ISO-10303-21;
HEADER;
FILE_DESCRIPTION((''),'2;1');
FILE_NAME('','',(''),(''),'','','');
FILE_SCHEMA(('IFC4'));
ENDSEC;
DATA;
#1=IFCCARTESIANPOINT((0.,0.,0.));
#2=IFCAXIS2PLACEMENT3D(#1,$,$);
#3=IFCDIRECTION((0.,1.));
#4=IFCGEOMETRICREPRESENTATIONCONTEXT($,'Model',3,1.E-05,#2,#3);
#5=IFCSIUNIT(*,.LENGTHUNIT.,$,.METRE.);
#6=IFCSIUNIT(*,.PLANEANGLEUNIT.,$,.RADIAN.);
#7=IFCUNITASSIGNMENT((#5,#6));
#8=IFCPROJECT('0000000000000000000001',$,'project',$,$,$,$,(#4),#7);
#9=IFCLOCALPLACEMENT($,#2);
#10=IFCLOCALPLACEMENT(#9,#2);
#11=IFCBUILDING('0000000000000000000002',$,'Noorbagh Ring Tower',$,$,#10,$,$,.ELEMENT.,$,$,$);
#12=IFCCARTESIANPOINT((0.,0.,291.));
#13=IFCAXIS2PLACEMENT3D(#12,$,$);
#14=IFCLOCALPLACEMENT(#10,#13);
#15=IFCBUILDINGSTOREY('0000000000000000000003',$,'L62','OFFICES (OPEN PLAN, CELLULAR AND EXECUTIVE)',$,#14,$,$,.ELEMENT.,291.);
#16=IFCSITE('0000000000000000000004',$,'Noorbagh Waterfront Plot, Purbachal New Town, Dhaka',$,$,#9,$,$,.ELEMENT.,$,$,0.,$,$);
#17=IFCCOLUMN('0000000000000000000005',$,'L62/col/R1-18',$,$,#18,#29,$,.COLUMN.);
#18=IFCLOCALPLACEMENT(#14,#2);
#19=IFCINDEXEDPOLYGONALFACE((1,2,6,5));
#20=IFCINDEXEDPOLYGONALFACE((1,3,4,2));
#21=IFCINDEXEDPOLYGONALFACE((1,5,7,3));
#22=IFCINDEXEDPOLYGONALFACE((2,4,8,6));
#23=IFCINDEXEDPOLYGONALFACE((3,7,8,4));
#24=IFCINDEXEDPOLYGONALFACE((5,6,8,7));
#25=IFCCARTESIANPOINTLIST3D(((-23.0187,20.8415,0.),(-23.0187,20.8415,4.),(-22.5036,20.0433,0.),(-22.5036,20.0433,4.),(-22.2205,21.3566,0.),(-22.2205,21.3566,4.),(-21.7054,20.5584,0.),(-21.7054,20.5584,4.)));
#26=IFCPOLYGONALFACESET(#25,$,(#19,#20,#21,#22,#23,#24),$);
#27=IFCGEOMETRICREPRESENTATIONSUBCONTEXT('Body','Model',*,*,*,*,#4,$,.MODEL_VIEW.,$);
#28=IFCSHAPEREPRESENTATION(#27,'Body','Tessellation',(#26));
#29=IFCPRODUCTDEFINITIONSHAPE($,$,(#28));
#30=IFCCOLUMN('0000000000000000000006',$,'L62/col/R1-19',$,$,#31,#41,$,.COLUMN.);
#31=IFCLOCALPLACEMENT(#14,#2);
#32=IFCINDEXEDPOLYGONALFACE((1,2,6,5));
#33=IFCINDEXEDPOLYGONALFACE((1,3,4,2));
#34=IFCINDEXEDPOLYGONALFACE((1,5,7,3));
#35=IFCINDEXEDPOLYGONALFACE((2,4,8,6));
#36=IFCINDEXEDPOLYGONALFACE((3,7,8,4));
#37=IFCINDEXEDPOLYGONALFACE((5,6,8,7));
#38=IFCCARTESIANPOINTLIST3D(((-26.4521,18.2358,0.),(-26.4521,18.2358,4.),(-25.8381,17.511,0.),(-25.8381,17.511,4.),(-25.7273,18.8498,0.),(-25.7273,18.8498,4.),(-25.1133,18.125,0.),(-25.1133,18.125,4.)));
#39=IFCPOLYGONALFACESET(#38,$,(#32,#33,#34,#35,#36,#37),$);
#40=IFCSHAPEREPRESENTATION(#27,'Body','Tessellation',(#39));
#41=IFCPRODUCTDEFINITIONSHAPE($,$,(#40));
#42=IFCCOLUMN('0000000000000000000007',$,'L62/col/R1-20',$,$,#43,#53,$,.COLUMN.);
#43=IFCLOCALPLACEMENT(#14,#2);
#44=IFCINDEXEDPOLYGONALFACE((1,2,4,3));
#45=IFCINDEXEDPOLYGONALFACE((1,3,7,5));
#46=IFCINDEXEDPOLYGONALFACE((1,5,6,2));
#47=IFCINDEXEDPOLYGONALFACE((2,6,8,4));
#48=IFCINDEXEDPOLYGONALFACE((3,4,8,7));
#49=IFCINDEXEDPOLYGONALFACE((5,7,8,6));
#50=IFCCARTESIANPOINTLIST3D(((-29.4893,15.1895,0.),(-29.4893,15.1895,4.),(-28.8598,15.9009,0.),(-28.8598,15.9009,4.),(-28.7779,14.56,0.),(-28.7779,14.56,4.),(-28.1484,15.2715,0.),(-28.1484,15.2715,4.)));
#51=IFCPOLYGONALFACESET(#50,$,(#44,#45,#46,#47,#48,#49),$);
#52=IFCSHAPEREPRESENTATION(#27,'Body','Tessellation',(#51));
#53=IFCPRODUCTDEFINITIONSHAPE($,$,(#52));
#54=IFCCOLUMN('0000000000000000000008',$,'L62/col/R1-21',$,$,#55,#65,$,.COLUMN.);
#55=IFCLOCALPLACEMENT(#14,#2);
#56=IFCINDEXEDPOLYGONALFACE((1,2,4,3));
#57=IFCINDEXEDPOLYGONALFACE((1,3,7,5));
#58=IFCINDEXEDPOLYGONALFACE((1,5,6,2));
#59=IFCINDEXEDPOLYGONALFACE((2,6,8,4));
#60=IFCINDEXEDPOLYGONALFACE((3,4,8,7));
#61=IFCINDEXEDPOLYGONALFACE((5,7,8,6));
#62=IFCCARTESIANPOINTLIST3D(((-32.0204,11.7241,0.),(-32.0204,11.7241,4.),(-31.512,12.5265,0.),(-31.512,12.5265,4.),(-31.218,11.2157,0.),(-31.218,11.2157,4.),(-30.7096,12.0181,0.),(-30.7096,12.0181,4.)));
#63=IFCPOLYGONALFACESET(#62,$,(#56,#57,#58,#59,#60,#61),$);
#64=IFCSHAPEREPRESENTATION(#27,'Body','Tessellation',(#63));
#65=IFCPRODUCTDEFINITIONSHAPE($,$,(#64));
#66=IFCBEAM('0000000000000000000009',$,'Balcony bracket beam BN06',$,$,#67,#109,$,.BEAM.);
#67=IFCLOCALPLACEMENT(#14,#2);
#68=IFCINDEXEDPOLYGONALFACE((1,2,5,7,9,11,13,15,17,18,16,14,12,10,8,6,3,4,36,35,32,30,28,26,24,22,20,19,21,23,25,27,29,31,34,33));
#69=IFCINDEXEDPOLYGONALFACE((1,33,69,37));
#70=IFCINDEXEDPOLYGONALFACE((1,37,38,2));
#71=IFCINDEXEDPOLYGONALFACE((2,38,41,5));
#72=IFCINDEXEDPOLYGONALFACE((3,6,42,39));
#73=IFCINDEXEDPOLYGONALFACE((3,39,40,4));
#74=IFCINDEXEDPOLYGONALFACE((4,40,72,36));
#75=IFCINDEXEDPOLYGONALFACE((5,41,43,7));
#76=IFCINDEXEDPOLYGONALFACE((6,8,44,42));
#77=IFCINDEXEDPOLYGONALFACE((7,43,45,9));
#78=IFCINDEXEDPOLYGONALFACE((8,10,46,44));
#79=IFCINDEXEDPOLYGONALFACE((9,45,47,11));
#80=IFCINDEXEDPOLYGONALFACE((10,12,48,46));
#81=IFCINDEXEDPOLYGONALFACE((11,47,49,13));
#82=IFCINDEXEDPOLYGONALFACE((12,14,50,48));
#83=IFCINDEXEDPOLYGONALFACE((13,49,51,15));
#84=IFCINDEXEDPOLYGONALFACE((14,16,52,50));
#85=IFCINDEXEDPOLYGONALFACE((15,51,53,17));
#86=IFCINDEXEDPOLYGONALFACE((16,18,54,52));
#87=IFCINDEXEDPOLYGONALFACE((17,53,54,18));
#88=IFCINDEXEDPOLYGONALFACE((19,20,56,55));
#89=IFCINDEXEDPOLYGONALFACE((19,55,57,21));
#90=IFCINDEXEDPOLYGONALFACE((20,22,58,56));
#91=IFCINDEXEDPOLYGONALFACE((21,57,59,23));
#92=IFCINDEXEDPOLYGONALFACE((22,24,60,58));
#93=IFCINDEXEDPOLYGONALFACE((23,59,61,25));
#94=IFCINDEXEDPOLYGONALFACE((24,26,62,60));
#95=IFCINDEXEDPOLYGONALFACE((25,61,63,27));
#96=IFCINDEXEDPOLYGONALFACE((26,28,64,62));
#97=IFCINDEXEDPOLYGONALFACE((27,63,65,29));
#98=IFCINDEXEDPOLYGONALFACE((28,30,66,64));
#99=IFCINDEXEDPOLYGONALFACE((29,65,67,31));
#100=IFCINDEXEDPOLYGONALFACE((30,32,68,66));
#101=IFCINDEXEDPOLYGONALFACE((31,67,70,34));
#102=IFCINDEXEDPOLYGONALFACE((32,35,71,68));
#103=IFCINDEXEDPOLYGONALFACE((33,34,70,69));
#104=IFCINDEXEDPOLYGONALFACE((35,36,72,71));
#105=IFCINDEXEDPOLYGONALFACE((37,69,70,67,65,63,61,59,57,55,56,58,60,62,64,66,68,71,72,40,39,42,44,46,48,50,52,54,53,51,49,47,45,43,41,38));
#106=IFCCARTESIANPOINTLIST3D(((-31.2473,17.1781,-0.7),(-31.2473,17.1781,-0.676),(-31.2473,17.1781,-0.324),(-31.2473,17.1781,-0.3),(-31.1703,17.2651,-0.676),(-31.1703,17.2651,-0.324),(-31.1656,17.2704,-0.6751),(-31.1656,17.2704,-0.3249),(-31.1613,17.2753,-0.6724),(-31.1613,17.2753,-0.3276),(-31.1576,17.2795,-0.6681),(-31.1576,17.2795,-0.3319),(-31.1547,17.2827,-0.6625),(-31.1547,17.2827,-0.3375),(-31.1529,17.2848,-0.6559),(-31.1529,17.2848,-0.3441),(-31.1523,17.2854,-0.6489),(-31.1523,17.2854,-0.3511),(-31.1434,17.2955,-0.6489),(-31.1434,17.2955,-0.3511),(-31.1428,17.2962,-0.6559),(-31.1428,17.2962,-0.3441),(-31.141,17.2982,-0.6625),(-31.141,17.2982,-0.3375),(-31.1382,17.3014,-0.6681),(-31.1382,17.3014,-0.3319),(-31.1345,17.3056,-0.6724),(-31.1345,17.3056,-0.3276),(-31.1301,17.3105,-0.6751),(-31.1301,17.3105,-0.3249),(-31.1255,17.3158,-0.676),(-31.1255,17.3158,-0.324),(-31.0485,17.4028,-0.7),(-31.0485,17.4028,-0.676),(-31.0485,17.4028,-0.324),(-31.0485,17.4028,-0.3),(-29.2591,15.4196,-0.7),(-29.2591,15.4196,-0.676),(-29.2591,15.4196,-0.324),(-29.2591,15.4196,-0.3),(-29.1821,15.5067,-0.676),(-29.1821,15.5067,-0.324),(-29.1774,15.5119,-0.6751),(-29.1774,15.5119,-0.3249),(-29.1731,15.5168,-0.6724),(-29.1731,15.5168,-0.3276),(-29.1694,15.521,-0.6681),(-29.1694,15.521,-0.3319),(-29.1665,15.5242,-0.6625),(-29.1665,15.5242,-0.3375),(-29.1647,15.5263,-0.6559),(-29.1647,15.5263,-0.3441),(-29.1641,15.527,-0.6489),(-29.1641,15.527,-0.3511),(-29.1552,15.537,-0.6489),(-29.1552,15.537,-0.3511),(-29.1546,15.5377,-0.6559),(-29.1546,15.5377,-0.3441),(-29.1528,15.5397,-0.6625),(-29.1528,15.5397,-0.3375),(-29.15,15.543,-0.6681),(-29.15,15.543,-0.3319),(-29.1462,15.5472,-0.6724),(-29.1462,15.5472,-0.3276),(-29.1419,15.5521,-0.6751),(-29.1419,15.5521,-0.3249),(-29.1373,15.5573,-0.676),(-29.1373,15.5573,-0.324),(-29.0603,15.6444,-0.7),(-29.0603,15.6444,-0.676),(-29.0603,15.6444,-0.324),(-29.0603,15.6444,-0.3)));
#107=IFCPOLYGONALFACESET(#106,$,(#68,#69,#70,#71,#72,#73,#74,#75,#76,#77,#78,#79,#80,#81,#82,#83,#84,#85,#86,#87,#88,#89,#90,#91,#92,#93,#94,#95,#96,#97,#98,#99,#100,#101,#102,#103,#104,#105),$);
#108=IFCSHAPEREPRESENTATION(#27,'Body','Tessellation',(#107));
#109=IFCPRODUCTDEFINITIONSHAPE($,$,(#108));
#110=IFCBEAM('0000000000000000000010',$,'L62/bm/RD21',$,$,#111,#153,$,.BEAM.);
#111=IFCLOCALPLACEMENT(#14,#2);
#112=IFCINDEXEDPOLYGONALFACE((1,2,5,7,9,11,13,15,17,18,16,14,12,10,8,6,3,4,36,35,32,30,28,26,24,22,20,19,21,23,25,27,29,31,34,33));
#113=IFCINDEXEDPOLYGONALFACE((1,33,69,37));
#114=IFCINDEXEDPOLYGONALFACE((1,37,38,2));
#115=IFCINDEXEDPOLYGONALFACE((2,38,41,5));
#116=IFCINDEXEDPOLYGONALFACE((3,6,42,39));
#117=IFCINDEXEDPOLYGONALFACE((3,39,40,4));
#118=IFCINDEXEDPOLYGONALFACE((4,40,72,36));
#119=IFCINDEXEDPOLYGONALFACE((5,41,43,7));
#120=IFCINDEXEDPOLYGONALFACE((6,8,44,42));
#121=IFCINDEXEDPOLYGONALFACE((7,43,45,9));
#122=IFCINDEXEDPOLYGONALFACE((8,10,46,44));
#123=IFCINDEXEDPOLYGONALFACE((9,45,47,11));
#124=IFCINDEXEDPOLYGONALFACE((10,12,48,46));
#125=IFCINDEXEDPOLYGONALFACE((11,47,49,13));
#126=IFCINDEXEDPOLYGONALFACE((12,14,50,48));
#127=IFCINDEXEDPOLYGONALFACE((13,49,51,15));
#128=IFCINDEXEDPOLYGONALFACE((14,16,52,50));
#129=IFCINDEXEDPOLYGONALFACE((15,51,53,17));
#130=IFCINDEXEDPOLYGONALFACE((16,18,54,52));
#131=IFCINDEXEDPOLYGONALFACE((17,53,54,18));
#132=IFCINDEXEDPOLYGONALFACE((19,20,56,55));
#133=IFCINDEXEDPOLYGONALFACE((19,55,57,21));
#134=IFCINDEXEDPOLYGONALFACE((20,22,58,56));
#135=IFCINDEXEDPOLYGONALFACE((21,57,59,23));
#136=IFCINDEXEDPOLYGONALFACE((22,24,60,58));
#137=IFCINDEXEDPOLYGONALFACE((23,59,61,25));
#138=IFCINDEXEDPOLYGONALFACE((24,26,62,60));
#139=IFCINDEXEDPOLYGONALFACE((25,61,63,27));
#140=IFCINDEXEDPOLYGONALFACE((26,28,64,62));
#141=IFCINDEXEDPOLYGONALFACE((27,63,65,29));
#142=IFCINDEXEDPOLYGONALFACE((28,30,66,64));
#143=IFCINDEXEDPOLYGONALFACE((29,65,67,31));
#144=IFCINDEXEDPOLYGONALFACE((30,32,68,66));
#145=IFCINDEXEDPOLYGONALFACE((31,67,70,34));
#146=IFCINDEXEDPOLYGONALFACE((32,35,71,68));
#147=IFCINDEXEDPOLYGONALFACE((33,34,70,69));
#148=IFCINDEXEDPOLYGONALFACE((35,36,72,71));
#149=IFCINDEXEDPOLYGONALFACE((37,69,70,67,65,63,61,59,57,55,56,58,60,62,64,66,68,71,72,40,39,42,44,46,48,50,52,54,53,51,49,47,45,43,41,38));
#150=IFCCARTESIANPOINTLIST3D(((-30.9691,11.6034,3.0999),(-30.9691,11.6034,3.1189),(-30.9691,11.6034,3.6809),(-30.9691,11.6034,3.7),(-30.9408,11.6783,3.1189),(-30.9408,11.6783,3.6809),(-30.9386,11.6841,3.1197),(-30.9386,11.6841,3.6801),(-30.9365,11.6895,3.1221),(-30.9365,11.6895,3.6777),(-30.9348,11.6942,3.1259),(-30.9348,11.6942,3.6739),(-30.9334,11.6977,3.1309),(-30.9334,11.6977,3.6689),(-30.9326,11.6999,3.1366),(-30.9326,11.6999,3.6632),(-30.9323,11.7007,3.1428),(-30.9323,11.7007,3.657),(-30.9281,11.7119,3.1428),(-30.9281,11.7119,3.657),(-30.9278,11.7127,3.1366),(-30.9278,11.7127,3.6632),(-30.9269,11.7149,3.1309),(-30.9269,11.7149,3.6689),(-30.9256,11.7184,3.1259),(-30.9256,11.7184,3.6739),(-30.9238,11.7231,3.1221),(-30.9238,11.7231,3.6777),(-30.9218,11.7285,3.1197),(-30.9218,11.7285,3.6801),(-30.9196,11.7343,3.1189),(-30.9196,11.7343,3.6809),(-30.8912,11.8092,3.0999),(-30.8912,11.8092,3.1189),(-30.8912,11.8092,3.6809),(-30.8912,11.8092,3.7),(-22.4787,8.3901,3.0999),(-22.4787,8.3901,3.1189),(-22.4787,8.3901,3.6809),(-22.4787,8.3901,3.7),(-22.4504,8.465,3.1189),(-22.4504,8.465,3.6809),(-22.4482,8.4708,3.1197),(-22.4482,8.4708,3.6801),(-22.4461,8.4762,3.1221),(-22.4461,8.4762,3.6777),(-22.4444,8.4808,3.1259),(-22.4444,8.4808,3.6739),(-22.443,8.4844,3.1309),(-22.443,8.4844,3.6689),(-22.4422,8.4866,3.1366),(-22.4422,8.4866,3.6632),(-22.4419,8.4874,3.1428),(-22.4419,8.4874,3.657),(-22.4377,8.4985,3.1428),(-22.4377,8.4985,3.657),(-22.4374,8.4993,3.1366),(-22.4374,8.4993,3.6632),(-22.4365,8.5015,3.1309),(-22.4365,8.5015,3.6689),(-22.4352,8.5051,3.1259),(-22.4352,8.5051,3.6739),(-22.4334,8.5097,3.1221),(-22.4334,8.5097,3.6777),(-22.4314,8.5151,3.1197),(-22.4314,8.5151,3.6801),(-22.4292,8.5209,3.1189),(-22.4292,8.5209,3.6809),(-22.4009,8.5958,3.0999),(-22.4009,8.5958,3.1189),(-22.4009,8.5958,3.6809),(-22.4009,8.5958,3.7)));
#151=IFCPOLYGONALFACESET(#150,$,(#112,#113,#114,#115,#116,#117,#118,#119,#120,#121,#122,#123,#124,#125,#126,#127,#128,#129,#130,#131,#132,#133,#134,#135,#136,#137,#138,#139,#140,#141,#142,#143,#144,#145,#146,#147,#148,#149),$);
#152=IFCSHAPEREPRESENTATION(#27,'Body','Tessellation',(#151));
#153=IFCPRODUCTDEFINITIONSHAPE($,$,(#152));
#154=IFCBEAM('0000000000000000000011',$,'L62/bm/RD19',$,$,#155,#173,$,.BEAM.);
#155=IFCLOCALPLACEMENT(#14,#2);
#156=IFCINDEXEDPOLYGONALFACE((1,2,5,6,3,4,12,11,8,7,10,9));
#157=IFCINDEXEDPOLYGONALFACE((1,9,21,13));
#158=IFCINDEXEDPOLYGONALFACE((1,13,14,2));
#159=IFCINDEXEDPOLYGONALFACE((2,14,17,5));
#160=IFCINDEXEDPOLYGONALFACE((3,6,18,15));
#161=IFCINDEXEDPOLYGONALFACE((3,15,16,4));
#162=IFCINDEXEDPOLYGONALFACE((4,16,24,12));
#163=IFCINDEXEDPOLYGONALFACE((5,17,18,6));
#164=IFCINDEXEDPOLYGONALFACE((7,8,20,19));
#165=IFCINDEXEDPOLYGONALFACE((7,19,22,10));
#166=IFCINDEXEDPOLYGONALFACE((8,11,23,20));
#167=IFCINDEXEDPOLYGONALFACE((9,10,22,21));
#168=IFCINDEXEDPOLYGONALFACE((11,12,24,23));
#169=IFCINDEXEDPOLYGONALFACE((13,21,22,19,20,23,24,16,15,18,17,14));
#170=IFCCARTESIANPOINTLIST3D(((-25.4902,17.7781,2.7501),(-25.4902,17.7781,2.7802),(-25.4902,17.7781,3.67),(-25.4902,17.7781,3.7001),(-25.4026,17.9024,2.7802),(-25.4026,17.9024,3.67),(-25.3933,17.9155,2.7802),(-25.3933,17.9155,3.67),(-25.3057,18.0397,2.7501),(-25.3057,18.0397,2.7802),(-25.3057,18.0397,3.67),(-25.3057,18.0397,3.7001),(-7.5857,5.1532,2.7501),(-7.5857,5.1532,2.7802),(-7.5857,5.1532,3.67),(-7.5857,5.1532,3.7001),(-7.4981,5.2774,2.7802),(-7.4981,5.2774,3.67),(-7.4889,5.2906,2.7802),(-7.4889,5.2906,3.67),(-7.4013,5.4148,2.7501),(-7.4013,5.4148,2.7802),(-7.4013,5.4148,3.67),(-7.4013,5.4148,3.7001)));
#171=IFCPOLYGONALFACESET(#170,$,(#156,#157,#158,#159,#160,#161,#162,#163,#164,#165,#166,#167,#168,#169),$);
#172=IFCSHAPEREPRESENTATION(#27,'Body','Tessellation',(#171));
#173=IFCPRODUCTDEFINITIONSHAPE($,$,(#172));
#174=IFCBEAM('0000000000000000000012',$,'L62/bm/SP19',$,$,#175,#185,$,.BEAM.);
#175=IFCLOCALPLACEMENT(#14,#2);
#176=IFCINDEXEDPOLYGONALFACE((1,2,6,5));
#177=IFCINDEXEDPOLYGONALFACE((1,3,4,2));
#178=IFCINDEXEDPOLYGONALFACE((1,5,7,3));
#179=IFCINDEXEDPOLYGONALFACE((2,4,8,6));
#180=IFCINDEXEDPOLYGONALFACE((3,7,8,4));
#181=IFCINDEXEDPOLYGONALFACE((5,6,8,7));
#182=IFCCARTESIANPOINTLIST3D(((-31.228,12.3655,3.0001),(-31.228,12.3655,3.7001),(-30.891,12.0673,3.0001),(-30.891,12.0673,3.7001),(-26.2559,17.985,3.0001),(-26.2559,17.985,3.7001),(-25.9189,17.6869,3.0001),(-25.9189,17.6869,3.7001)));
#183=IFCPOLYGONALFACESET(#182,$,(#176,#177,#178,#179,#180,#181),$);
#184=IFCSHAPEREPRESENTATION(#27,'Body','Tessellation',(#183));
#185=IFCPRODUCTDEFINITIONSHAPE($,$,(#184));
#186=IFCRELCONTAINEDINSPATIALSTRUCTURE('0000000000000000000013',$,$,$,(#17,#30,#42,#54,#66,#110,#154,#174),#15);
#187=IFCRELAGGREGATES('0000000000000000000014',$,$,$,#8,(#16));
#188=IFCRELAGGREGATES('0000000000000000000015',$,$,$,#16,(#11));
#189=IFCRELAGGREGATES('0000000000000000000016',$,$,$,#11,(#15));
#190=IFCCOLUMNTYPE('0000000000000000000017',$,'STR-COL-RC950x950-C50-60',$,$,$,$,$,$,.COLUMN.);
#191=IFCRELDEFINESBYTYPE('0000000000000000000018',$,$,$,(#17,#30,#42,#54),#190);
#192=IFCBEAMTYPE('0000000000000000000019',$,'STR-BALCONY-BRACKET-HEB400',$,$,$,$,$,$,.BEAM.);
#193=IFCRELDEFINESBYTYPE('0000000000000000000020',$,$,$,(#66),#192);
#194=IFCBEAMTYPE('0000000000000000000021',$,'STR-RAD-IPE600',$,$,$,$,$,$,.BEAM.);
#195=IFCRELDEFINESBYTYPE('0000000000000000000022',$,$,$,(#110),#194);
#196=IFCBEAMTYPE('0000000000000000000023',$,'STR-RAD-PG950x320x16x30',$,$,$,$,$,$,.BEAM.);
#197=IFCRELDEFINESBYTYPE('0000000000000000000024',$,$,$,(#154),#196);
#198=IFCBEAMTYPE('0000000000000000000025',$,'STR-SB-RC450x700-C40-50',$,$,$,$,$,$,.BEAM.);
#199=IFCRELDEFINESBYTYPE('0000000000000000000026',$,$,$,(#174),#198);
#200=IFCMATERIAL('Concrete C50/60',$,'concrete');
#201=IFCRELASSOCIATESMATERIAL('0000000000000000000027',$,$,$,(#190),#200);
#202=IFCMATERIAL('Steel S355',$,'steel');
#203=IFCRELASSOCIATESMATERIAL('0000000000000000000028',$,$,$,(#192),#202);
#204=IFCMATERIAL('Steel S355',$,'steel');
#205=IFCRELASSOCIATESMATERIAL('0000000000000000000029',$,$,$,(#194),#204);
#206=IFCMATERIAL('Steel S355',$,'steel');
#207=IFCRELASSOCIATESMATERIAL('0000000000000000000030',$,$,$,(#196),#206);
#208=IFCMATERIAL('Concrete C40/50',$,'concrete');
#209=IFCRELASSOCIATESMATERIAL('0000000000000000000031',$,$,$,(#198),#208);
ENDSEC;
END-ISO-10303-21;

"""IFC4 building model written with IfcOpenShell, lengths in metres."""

from ifc_helpers import new_model, si_unit, direction, frame, origin, origin_2d, place, context, subcontext, project, spatial, rectangle, i_section, extrude, material, material_profile, profile_set, type_object, element, save


model = new_model("IFC4")

# Units and contexts
model_context = context("Model", 3, precision=1e-05, world=origin(), true_north=direction((0.0, 1.0)))
body_context = subcontext(model_context, "Body", "Model", "MODEL_VIEW")
ifc_project = project(units=[si_unit("LENGTHUNIT", "METRE"), si_unit("PLANEANGLEUNIT", "RADIAN")], contexts=[model_context])

# Site, building, storey
site_placement = place(None, origin())
site = spatial("IfcSite", under=ifc_project, at=site_placement, Name="Noorbagh Waterfront Plot, Purbachal New Town, Dhaka", CompositionType="ELEMENT", RefElevation=0.0)
building_placement = place(site_placement, origin())
building = spatial("IfcBuilding", under=site, at=building_placement, Name="Noorbagh Ring Tower", CompositionType="ELEMENT")
storey_placement = place(building_placement, frame((0.0, 0.0, 291.0)))
storey = spatial("IfcBuildingStorey", under=building, at=storey_placement, Name="L62", Description="OFFICES (OPEN PLAN, CELLULAR AND EXECUTIVE)", CompositionType="ELEMENT", Elevation=291.0)

# Columns
ifc_material_1 = material(Name="Concrete C50/60", Category="concrete")
ifc_material_profile_1 = material_profile(ifc_material_1, rectangle(XDim=0.95, YDim=0.95, at=origin_2d()), Name="RC950x950")
ifc_profile_set_1 = profile_set([ifc_material_profile_1], Name="Concrete C50/60")
column_type = type_object("IfcColumnType", Name="STR-COL-RC950x950-C50-60", PredefinedType="COLUMN", material=ifc_profile_set_1)
for number, where, z_axis, x_axis, name in (
    (1, (-22.3621, 20.7, 0.0), (0.0, 0.0, 1.0), (-0.840248, -0.542203, 0.0), "L62/col/R1-18"),
    (2, (-25.7827, 18.1804, 0.0), (0.0, 0.0, 1.0), (-0.763035, -0.646357, 0.0), "L62/col/R1-19"),
    (3, (-28.8188, 15.2305, 0.0), (0.0, 0.0, 1.0), (-0.662636, -0.748942, 0.0), "L62/col/R1-20"),
    (4, (-31.365, 11.8711, 0.0), (0.0, 0.0, 1.0), (-0.53519, -0.844731, 0.0), "L62/col/R1-21"),
):
    element("IfcColumn", number, at=place(storey_placement, frame(where, z_axis=z_axis, x_axis=x_axis)), inside=storey, type_object=column_type, Name=name, PredefinedType="COLUMN", context=body_context, shape_type="SweptSolid", body=[
        extrude(rectangle(XDim=0.95, YDim=0.95, at=origin_2d()), origin(), (0.0, 0.0, 1.0), 4.0),
    ])

# Beams
ifc_material_2 = material(Name="Steel S355", Category="steel")
ifc_material_profile_2 = material_profile(ifc_material_2, i_section(OverallWidth=0.3, OverallDepth=0.3999, WebThickness=0.0134, FlangeThickness=0.0239, FilletRadius=0.0271, at=origin_2d()), Name="HEB400")
ifc_profile_set_2 = profile_set([ifc_material_profile_2], Name="Steel S355")
beam_type_1 = type_object("IfcBeamType", Name="STR-BALCONY-BRACKET-HEB400", PredefinedType="BEAM", material=ifc_profile_set_2)
beam_1_placement = place(storey_placement, frame((-29.1597, 15.532, -0.5), z_axis=(-0.749056, 0.662506, 0.0), x_axis=(-0.662506, -0.749056, 0.0)))
element("IfcBeam", 5, at=beam_1_placement, inside=storey, type_object=beam_type_1, Name="Balcony bracket beam BN06", PredefinedType="BEAM", context=body_context, shape_type="SweptSolid", body=[
    extrude(i_section(OverallWidth=0.3, OverallDepth=0.3999, WebThickness=0.0134, FlangeThickness=0.0239, FilletRadius=0.0271, at=origin_2d()), origin(), (0.0, 0.0, 1.0), 2.6543),
])
ifc_material_3 = material(Name="Steel S355", Category="steel")
ifc_material_profile_3 = material_profile(ifc_material_3, i_section(OverallWidth=0.22, OverallDepth=0.6001, WebThickness=0.012, FlangeThickness=0.019, FilletRadius=0.0239, at=origin_2d()), Name="IPE600")
ifc_profile_set_3 = profile_set([ifc_material_profile_3], Name="Steel S355")
beam_type_2 = type_object("IfcBeamType", Name="STR-RAD-IPE600", PredefinedType="BEAM", material=ifc_profile_set_3)
beam_2_placement = place(storey_placement, frame((-30.9302, 11.7063, 3.3999), z_axis=(0.935258, -0.353966, 0.0), x_axis=(0.353966, 0.935258, 0.0)))
element("IfcBeam", 6, at=beam_2_placement, inside=storey, type_object=beam_type_2, Name="L62/bm/RD21", PredefinedType="BEAM", context=body_context, shape_type="SweptSolid", body=[
    extrude(i_section(OverallWidth=0.22, OverallDepth=0.6001, WebThickness=0.012, FlangeThickness=0.019, FilletRadius=0.0239, at=origin_2d()), origin(), (0.0, 0.0, 1.0), 9.0781),
])
ifc_material_4 = material(Name="Steel S355", Category="steel")
ifc_material_profile_4 = material_profile(ifc_material_4, i_section(OverallWidth=0.3201, OverallDepth=0.95, WebThickness=0.0161, FlangeThickness=0.03, at=origin_2d()), Name="PG950x320x16x30")
ifc_profile_set_4 = profile_set([ifc_material_profile_4], Name="Steel S355")
beam_type_3 = type_object("IfcBeamType", Name="STR-RAD-PG950x320x16x30", PredefinedType="BEAM", material=ifc_profile_set_4)
beam_3_placement = place(storey_placement, frame((-25.3979, 17.9089, 3.2251), z_axis=(0.817258, -0.576272, 0.0), x_axis=(0.576272, 0.817258, 0.0)))
element("IfcBeam", 7, at=beam_3_placement, inside=storey, type_object=beam_type_3, Name="L62/bm/RD19", PredefinedType="BEAM", context=body_context, shape_type="SweptSolid", body=[
    extrude(i_section(OverallWidth=0.3201, OverallDepth=0.95, WebThickness=0.0161, FlangeThickness=0.03, at=origin_2d()), origin(), (0.0, 0.0, 1.0), 21.908),
])
ifc_material_5 = material(Name="Concrete C40/50", Category="concrete")
ifc_material_profile_5 = material_profile(ifc_material_5, rectangle(XDim=0.45, YDim=0.7, at=origin_2d()), Name="RC450x700")
ifc_profile_set_5 = profile_set([ifc_material_profile_5], Name="Concrete C40/50")
beam_type_4 = type_object("IfcBeamType", Name="STR-SB-RC450x700-C40-50", PredefinedType="BEAM", material=ifc_profile_set_5)
beam_4_placement = place(storey_placement, frame((-26.0874, 17.8359, 3.3501), z_axis=(-0.662645, -0.748933, 0.0), x_axis=(0.748933, -0.662645, 0.0)))
element("IfcBeam", 8, at=beam_4_placement, inside=storey, type_object=beam_type_4, Name="L62/bm/SP19", PredefinedType="BEAM", context=body_context, shape_type="SweptSolid", body=[
    extrude(rectangle(XDim=0.45, YDim=0.7, at=origin_2d()), origin(), (0.0, 0.0, 1.0), 7.5034),
])

save(model, "model.ifc")
